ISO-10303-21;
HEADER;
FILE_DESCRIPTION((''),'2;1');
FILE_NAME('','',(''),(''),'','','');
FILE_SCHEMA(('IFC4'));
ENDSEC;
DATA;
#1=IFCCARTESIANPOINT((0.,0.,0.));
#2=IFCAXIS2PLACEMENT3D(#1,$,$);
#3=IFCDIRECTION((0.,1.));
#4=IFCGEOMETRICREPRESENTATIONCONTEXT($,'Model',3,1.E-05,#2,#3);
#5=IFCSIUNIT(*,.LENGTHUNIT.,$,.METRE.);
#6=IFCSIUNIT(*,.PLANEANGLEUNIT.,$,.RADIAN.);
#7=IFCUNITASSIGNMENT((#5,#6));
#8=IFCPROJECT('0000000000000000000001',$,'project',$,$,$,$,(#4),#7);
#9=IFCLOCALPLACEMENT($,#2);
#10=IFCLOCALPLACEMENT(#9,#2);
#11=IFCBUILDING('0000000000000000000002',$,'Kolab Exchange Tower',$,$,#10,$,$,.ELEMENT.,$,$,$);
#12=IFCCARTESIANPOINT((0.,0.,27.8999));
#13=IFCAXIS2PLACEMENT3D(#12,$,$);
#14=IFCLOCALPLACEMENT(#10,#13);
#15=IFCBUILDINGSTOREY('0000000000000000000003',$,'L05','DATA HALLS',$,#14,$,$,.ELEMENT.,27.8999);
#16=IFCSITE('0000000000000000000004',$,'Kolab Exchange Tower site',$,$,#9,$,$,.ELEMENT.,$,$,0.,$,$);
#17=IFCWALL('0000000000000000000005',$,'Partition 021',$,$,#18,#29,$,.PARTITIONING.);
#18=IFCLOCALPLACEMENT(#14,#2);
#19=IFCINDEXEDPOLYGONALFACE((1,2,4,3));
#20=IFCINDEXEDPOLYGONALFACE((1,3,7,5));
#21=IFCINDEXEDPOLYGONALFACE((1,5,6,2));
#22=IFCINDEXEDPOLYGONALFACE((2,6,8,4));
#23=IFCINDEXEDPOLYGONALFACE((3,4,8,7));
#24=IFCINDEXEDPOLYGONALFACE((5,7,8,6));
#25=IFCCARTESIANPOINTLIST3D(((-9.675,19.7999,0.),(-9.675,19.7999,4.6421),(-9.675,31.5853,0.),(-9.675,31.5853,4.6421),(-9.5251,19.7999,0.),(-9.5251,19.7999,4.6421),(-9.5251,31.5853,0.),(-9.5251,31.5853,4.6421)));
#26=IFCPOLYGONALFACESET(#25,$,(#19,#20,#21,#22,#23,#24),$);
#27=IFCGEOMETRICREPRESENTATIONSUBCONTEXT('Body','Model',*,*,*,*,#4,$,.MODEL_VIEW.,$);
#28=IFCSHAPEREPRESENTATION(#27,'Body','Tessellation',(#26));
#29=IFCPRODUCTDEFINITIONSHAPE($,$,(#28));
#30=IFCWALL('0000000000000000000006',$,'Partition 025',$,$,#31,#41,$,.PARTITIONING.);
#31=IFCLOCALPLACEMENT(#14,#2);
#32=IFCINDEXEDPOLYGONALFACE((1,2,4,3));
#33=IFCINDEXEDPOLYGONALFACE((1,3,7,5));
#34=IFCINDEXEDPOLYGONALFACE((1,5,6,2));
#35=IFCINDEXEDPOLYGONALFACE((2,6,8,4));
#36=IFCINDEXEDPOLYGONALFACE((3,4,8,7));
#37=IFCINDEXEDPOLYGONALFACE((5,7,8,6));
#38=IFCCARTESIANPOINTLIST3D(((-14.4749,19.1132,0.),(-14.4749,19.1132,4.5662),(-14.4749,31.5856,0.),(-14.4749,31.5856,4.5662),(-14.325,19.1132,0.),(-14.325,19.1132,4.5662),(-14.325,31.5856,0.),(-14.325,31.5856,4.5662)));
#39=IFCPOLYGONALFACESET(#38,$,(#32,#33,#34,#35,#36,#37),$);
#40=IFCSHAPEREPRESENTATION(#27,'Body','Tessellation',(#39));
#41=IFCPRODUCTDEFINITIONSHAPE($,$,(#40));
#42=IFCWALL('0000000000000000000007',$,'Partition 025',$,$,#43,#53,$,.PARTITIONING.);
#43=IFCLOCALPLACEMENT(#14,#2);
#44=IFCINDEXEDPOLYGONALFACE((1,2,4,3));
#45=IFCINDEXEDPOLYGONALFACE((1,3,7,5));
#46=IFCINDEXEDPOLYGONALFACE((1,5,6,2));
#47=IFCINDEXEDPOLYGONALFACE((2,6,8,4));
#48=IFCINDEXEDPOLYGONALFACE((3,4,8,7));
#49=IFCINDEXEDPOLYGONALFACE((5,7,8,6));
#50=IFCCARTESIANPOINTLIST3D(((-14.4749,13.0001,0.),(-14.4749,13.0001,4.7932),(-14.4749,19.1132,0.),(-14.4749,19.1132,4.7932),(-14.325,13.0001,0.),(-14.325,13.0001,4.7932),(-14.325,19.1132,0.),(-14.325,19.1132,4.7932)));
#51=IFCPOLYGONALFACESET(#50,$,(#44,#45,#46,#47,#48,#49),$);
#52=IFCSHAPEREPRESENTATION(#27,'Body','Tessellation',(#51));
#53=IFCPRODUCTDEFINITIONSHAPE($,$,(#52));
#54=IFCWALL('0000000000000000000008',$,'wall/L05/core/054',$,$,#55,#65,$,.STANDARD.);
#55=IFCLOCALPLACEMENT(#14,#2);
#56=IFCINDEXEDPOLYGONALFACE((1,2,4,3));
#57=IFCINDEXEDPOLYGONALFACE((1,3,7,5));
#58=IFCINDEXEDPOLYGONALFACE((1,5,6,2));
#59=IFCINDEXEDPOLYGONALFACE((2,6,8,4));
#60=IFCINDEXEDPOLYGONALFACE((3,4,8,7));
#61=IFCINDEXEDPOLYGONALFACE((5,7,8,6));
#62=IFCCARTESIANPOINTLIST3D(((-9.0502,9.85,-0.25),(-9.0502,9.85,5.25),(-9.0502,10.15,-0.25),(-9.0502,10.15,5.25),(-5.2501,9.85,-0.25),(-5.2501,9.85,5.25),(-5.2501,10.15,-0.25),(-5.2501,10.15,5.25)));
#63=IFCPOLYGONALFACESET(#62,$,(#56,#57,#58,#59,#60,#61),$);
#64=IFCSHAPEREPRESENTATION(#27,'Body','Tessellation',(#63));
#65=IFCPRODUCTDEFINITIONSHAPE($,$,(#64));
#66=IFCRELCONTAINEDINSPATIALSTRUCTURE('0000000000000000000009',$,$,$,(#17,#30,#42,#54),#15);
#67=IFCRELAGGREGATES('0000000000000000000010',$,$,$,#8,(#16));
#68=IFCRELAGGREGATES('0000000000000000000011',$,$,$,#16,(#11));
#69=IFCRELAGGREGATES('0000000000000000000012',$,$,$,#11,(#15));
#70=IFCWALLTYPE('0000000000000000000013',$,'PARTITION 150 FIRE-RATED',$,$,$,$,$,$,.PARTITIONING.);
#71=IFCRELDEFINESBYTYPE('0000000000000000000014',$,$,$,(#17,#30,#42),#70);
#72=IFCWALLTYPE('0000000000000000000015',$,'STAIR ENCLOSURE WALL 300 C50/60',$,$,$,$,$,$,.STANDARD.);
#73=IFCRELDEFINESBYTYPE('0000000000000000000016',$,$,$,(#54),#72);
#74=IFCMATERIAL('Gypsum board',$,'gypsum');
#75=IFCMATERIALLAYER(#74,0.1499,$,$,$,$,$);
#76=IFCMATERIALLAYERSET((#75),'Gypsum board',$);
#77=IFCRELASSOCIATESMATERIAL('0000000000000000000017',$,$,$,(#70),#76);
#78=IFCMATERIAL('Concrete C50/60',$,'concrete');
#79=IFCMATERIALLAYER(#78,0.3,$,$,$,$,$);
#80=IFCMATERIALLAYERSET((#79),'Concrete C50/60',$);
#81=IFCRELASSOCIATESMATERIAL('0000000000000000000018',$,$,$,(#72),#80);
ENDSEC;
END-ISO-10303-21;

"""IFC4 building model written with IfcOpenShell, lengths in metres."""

from ifc_helpers import new_model, si_unit, direction, frame, frame_2d, origin, place, context, subcontext, project, spatial, rectangle, extrude, material, layer, layer_set, type_object, element, save


model = new_model("IFC4")

# Units and contexts
model_context = context("Model", 3, precision=1e-05, world=origin(), true_north=direction((0.0, 1.0)))
body_context = subcontext(model_context, "Body", "Model", "MODEL_VIEW")
ifc_project = project(units=[si_unit("LENGTHUNIT", "METRE"), si_unit("PLANEANGLEUNIT", "RADIAN")], contexts=[model_context])

# Site, building, storey
site_placement = place(None, origin())
site = spatial("IfcSite", under=ifc_project, at=site_placement, Name="Kolab Exchange Tower site", CompositionType="ELEMENT", RefElevation=0.0)
building_placement = place(site_placement, origin())
building = spatial("IfcBuilding", under=site, at=building_placement, Name="Kolab Exchange Tower", CompositionType="ELEMENT")
storey_placement = place(building_placement, frame((0.0, 0.0, 27.8999)))
storey = spatial("IfcBuildingStorey", under=building, at=storey_placement, Name="L05", Description="DATA HALLS", CompositionType="ELEMENT", Elevation=27.8999)

# Walls
ifc_material_1 = material(Name="Gypsum board", Category="gypsum")
ifc_layer_1 = layer(ifc_material_1, 0.1499)
ifc_layer_set_1 = layer_set([ifc_layer_1], Name="Gypsum board")
wall_type_1 = type_object("IfcWallType", Name="PARTITION 150 FIRE-RATED", PredefinedType="PARTITIONING", material=ifc_layer_set_1)
wall_1_placement = place(storey_placement, frame((-9.6001, 19.8, 0.0), z_axis=(0.0, 0.0, 1.0), x_axis=(0.0, 1.0, 0.0)))
element("IfcWall", 1, at=wall_1_placement, inside=storey, type_object=wall_type_1, Name="Partition 021", PredefinedType="PARTITIONING", context=body_context, shape_type="SweptSolid", body=[
    extrude(rectangle(XDim=11.7854, YDim=0.1499, at=frame_2d((5.8926, 0.0))), origin(), (0.0, 0.0, 1.0), 4.6421),
])
wall_2_placement = place(storey_placement, frame((-14.3999, 19.113, 0.0), z_axis=(0.0, 0.0, 1.0), x_axis=(0.0, 1.0, 0.0)))
element("IfcWall", 2, at=wall_2_placement, inside=storey, type_object=wall_type_1, Name="Partition 025", PredefinedType="PARTITIONING", context=body_context, shape_type="SweptSolid", body=[
    extrude(rectangle(XDim=12.4724, YDim=0.1499, at=frame_2d((6.2363, 0.0))), origin(), (0.0, 0.0, 1.0), 4.5662),
])
wall_3_placement = place(storey_placement, frame((-14.3999, 13.0, 0.0), z_axis=(0.0, 0.0, 1.0), x_axis=(0.0, 1.0, 0.0)))
element("IfcWall", 3, at=wall_3_placement, inside=storey, type_object=wall_type_1, Name="Partition 025", PredefinedType="PARTITIONING", context=body_context, shape_type="SweptSolid", body=[
    extrude(rectangle(XDim=6.113, YDim=0.1499, at=frame_2d((3.0566, 0.0))), origin(), (0.0, 0.0, 1.0), 4.7932),
])
ifc_material_2 = material(Name="Concrete C50/60", Category="concrete")
ifc_layer_2 = layer(ifc_material_2, 0.3)
ifc_layer_set_2 = layer_set([ifc_layer_2], Name="Concrete C50/60")
wall_type_2 = type_object("IfcWallType", Name="STAIR ENCLOSURE WALL 300 C50/60", PredefinedType="STANDARD", material=ifc_layer_set_2)
wall_4_placement = place(storey_placement, frame((-9.05, 10.0, -0.25), z_axis=(0.0, 0.0, 1.0), x_axis=(1.0, 0.0, 0.0)))
element("IfcWall", 4, at=wall_4_placement, inside=storey, type_object=wall_type_2, Name="wall/L05/core/054", PredefinedType="STANDARD", context=body_context, shape_type="SweptSolid", body=[
    extrude(rectangle(XDim=3.8, YDim=0.3, at=frame_2d((1.8999, 0.0))), origin(), (0.0, 0.0, 1.0), 5.5),
])

save(model, "model.ifc")
